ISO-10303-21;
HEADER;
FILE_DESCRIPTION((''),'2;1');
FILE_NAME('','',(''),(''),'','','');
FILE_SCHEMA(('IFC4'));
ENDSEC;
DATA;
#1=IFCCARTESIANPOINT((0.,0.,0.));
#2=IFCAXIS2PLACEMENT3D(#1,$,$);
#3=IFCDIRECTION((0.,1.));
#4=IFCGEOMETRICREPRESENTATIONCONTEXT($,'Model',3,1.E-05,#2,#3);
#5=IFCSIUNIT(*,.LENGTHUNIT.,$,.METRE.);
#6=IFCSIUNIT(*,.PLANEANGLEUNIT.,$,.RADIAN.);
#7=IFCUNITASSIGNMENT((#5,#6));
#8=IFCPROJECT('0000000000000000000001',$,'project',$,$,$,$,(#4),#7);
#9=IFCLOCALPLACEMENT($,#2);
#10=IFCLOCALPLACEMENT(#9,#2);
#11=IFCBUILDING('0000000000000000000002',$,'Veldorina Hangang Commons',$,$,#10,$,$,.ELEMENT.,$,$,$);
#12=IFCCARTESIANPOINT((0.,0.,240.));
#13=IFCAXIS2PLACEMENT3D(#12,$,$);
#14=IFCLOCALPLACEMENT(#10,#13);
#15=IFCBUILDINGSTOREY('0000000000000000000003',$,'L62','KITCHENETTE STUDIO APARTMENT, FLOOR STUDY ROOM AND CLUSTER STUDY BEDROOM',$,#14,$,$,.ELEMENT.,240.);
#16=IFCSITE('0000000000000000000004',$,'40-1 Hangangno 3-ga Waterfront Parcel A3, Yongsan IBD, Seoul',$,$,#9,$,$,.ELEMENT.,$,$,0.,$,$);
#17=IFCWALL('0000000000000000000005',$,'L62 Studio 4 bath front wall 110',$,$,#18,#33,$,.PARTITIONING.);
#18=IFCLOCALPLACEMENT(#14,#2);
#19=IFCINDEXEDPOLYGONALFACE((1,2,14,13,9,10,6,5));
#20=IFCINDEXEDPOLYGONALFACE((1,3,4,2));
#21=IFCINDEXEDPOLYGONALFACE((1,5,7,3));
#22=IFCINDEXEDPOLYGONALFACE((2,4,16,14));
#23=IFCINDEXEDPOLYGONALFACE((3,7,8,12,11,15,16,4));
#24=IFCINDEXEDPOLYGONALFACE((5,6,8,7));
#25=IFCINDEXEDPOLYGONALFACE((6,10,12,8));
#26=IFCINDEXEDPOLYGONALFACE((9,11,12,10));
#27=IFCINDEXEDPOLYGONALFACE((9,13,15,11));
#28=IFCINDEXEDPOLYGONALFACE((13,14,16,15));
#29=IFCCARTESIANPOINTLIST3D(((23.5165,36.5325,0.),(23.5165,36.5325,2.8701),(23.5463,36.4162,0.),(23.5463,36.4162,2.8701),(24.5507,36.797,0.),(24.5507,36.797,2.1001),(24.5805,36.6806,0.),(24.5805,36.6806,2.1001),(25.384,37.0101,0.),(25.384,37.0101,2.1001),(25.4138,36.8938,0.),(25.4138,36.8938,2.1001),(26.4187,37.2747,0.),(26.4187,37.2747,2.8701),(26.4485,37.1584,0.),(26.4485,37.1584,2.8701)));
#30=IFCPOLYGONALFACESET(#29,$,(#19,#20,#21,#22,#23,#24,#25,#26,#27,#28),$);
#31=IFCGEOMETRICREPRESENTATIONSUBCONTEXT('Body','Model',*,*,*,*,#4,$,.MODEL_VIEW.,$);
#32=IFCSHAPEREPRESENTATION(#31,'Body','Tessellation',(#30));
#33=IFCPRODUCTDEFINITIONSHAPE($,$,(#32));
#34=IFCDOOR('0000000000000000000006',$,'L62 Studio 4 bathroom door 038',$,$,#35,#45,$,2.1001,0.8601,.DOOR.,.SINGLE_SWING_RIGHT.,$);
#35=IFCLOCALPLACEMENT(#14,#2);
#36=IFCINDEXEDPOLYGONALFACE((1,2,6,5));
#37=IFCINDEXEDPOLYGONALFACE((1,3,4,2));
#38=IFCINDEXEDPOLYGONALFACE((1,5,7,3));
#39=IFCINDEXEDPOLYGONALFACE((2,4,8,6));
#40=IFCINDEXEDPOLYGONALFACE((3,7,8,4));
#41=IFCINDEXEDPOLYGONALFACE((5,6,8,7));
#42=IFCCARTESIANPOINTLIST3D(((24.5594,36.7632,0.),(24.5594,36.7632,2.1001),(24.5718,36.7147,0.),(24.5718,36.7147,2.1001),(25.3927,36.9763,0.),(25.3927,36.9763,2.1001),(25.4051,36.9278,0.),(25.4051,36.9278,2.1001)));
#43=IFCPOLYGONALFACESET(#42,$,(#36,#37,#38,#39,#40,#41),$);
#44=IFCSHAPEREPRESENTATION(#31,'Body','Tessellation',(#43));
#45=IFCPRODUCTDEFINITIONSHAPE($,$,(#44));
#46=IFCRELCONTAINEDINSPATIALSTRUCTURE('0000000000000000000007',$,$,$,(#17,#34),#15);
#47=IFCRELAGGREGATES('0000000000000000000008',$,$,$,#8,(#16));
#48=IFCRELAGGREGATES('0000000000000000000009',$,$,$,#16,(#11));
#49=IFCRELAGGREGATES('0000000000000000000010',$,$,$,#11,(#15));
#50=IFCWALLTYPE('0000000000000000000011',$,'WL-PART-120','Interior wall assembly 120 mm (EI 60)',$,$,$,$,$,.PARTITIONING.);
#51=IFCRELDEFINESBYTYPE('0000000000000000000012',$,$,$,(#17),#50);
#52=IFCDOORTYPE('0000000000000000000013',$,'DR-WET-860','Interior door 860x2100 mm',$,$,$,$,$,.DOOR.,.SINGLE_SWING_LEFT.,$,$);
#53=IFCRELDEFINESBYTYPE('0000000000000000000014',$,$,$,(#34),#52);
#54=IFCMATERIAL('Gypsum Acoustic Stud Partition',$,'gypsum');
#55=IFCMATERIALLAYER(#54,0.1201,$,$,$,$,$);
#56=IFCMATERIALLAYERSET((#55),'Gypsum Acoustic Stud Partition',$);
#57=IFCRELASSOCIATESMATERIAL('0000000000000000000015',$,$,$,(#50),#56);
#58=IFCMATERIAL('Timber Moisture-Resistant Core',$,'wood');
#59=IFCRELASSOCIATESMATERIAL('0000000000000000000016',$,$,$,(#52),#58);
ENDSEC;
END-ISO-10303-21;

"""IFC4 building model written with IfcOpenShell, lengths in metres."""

from ifc_helpers import new_model, si_unit, direction, frame, frame_2d, origin, place, context, subcontext, project, spatial, rectangle, extrude, material, layer, layer_set, type_object, element, fill, save


model = new_model("IFC4")

# Units and contexts
model_context = context("Model", 3, precision=1e-05, world=origin(), true_north=direction((0.0, 1.0)))
body_context = subcontext(model_context, "Body", "Model", "MODEL_VIEW")
ifc_project = project(units=[si_unit("LENGTHUNIT", "METRE"), si_unit("PLANEANGLEUNIT", "RADIAN")], contexts=[model_context])

# Site, building, storey
site_placement = place(None, origin())
site = spatial("IfcSite", under=ifc_project, at=site_placement, Name="40-1 Hangangno 3-ga Waterfront Parcel A3, Yongsan IBD, Seoul", CompositionType="ELEMENT", RefElevation=0.0)
building_placement = place(site_placement, origin())
building = spatial("IfcBuilding", under=site, at=building_placement, Name="Veldorina Hangang Commons", CompositionType="ELEMENT")
storey_placement = place(building_placement, frame((0.0, 0.0, 240.0)))
storey = spatial("IfcBuildingStorey", under=building, at=storey_placement, Name="L62", Description="KITCHENETTE STUDIO APARTMENT, FLOOR STUDY ROOM AND CLUSTER STUDY BEDROOM", CompositionType="ELEMENT", Elevation=240.0)

# Shared definitions
ifc_material_1 = material(Name="Gypsum Acoustic Stud Partition", Category="gypsum")
ifc_layer_1 = layer(ifc_material_1, 0.1201)
ifc_layer_set_1 = layer_set([ifc_layer_1], Name="Gypsum Acoustic Stud Partition")
wall_type_1 = type_object("IfcWallType", Name="WL-PART-120", Description="Interior wall assembly 120 mm (EI 60)", PredefinedType="PARTITIONING", material=ifc_layer_set_1)

# Wall, opening, door
wall_1_placement = place(storey_placement, frame((26.4336, 37.2166, 0.0), z_axis=(0.0, 0.0, 1.0), x_axis=(-0.96882, -0.247767, 0.0)))
wall_1 = element("IfcWall", 1, at=wall_1_placement, inside=storey, type_object=wall_type_1, Name="L62 Studio 4 bath front wall 110", PredefinedType="PARTITIONING", context=body_context, shape_type="SweptSolid", body=[
    extrude(rectangle(XDim=2.9956, YDim=0.1201, at=frame_2d((1.4978, 0.0))), origin(), (0.0, 0.0, 1.0), 2.8701),
])
opening_1_placement = place(wall_1_placement, frame((1.0679, 0.0, 0.0)))
opening_1 = element("IfcOpeningElement", 2, at=opening_1_placement, cuts=wall_1, PredefinedType="OPENING", context=body_context, shape_type="SweptSolid", body=[
    extrude(rectangle(XDim=0.8601, YDim=2.1001, at=frame_2d((0.4302, 1.05))), frame((0.0, 0.0701, 0.0), z_axis=(0.0, -1.0, 0.0), x_axis=(1.0, 0.0, 0.0)), (0.0, 0.0, 1.0), 0.1401),
])
ifc_material_2 = material(Name="Timber Moisture-Resistant Core", Category="wood")
door_type_1 = type_object("IfcDoorType", Name="DR-WET-860", Description="Interior door 860x2100 mm", OperationType="SINGLE_SWING_LEFT", PredefinedType="DOOR", material=ifc_material_2)
door_1_placement = place(opening_1_placement, origin())
door_1 = element("IfcDoor", 3, at=door_1_placement, inside=storey, type_object=door_type_1, Name="L62 Studio 4 bathroom door 038", OperationType="SINGLE_SWING_RIGHT", OverallHeight=2.1001, OverallWidth=0.8601, PredefinedType="DOOR", context=body_context, shape_type="SweptSolid", body=[
    extrude(rectangle(XDim=0.8601, YDim=2.1001, at=frame_2d((0.4302, 1.05))), frame((0.0, 0.0249, 0.0), z_axis=(0.0, -1.0, 0.0), x_axis=(1.0, 0.0, 0.0)), (0.0, 0.0, 1.0), 0.05),
])
fill(opening_1, door_1)

save(model, "model.ifc")
